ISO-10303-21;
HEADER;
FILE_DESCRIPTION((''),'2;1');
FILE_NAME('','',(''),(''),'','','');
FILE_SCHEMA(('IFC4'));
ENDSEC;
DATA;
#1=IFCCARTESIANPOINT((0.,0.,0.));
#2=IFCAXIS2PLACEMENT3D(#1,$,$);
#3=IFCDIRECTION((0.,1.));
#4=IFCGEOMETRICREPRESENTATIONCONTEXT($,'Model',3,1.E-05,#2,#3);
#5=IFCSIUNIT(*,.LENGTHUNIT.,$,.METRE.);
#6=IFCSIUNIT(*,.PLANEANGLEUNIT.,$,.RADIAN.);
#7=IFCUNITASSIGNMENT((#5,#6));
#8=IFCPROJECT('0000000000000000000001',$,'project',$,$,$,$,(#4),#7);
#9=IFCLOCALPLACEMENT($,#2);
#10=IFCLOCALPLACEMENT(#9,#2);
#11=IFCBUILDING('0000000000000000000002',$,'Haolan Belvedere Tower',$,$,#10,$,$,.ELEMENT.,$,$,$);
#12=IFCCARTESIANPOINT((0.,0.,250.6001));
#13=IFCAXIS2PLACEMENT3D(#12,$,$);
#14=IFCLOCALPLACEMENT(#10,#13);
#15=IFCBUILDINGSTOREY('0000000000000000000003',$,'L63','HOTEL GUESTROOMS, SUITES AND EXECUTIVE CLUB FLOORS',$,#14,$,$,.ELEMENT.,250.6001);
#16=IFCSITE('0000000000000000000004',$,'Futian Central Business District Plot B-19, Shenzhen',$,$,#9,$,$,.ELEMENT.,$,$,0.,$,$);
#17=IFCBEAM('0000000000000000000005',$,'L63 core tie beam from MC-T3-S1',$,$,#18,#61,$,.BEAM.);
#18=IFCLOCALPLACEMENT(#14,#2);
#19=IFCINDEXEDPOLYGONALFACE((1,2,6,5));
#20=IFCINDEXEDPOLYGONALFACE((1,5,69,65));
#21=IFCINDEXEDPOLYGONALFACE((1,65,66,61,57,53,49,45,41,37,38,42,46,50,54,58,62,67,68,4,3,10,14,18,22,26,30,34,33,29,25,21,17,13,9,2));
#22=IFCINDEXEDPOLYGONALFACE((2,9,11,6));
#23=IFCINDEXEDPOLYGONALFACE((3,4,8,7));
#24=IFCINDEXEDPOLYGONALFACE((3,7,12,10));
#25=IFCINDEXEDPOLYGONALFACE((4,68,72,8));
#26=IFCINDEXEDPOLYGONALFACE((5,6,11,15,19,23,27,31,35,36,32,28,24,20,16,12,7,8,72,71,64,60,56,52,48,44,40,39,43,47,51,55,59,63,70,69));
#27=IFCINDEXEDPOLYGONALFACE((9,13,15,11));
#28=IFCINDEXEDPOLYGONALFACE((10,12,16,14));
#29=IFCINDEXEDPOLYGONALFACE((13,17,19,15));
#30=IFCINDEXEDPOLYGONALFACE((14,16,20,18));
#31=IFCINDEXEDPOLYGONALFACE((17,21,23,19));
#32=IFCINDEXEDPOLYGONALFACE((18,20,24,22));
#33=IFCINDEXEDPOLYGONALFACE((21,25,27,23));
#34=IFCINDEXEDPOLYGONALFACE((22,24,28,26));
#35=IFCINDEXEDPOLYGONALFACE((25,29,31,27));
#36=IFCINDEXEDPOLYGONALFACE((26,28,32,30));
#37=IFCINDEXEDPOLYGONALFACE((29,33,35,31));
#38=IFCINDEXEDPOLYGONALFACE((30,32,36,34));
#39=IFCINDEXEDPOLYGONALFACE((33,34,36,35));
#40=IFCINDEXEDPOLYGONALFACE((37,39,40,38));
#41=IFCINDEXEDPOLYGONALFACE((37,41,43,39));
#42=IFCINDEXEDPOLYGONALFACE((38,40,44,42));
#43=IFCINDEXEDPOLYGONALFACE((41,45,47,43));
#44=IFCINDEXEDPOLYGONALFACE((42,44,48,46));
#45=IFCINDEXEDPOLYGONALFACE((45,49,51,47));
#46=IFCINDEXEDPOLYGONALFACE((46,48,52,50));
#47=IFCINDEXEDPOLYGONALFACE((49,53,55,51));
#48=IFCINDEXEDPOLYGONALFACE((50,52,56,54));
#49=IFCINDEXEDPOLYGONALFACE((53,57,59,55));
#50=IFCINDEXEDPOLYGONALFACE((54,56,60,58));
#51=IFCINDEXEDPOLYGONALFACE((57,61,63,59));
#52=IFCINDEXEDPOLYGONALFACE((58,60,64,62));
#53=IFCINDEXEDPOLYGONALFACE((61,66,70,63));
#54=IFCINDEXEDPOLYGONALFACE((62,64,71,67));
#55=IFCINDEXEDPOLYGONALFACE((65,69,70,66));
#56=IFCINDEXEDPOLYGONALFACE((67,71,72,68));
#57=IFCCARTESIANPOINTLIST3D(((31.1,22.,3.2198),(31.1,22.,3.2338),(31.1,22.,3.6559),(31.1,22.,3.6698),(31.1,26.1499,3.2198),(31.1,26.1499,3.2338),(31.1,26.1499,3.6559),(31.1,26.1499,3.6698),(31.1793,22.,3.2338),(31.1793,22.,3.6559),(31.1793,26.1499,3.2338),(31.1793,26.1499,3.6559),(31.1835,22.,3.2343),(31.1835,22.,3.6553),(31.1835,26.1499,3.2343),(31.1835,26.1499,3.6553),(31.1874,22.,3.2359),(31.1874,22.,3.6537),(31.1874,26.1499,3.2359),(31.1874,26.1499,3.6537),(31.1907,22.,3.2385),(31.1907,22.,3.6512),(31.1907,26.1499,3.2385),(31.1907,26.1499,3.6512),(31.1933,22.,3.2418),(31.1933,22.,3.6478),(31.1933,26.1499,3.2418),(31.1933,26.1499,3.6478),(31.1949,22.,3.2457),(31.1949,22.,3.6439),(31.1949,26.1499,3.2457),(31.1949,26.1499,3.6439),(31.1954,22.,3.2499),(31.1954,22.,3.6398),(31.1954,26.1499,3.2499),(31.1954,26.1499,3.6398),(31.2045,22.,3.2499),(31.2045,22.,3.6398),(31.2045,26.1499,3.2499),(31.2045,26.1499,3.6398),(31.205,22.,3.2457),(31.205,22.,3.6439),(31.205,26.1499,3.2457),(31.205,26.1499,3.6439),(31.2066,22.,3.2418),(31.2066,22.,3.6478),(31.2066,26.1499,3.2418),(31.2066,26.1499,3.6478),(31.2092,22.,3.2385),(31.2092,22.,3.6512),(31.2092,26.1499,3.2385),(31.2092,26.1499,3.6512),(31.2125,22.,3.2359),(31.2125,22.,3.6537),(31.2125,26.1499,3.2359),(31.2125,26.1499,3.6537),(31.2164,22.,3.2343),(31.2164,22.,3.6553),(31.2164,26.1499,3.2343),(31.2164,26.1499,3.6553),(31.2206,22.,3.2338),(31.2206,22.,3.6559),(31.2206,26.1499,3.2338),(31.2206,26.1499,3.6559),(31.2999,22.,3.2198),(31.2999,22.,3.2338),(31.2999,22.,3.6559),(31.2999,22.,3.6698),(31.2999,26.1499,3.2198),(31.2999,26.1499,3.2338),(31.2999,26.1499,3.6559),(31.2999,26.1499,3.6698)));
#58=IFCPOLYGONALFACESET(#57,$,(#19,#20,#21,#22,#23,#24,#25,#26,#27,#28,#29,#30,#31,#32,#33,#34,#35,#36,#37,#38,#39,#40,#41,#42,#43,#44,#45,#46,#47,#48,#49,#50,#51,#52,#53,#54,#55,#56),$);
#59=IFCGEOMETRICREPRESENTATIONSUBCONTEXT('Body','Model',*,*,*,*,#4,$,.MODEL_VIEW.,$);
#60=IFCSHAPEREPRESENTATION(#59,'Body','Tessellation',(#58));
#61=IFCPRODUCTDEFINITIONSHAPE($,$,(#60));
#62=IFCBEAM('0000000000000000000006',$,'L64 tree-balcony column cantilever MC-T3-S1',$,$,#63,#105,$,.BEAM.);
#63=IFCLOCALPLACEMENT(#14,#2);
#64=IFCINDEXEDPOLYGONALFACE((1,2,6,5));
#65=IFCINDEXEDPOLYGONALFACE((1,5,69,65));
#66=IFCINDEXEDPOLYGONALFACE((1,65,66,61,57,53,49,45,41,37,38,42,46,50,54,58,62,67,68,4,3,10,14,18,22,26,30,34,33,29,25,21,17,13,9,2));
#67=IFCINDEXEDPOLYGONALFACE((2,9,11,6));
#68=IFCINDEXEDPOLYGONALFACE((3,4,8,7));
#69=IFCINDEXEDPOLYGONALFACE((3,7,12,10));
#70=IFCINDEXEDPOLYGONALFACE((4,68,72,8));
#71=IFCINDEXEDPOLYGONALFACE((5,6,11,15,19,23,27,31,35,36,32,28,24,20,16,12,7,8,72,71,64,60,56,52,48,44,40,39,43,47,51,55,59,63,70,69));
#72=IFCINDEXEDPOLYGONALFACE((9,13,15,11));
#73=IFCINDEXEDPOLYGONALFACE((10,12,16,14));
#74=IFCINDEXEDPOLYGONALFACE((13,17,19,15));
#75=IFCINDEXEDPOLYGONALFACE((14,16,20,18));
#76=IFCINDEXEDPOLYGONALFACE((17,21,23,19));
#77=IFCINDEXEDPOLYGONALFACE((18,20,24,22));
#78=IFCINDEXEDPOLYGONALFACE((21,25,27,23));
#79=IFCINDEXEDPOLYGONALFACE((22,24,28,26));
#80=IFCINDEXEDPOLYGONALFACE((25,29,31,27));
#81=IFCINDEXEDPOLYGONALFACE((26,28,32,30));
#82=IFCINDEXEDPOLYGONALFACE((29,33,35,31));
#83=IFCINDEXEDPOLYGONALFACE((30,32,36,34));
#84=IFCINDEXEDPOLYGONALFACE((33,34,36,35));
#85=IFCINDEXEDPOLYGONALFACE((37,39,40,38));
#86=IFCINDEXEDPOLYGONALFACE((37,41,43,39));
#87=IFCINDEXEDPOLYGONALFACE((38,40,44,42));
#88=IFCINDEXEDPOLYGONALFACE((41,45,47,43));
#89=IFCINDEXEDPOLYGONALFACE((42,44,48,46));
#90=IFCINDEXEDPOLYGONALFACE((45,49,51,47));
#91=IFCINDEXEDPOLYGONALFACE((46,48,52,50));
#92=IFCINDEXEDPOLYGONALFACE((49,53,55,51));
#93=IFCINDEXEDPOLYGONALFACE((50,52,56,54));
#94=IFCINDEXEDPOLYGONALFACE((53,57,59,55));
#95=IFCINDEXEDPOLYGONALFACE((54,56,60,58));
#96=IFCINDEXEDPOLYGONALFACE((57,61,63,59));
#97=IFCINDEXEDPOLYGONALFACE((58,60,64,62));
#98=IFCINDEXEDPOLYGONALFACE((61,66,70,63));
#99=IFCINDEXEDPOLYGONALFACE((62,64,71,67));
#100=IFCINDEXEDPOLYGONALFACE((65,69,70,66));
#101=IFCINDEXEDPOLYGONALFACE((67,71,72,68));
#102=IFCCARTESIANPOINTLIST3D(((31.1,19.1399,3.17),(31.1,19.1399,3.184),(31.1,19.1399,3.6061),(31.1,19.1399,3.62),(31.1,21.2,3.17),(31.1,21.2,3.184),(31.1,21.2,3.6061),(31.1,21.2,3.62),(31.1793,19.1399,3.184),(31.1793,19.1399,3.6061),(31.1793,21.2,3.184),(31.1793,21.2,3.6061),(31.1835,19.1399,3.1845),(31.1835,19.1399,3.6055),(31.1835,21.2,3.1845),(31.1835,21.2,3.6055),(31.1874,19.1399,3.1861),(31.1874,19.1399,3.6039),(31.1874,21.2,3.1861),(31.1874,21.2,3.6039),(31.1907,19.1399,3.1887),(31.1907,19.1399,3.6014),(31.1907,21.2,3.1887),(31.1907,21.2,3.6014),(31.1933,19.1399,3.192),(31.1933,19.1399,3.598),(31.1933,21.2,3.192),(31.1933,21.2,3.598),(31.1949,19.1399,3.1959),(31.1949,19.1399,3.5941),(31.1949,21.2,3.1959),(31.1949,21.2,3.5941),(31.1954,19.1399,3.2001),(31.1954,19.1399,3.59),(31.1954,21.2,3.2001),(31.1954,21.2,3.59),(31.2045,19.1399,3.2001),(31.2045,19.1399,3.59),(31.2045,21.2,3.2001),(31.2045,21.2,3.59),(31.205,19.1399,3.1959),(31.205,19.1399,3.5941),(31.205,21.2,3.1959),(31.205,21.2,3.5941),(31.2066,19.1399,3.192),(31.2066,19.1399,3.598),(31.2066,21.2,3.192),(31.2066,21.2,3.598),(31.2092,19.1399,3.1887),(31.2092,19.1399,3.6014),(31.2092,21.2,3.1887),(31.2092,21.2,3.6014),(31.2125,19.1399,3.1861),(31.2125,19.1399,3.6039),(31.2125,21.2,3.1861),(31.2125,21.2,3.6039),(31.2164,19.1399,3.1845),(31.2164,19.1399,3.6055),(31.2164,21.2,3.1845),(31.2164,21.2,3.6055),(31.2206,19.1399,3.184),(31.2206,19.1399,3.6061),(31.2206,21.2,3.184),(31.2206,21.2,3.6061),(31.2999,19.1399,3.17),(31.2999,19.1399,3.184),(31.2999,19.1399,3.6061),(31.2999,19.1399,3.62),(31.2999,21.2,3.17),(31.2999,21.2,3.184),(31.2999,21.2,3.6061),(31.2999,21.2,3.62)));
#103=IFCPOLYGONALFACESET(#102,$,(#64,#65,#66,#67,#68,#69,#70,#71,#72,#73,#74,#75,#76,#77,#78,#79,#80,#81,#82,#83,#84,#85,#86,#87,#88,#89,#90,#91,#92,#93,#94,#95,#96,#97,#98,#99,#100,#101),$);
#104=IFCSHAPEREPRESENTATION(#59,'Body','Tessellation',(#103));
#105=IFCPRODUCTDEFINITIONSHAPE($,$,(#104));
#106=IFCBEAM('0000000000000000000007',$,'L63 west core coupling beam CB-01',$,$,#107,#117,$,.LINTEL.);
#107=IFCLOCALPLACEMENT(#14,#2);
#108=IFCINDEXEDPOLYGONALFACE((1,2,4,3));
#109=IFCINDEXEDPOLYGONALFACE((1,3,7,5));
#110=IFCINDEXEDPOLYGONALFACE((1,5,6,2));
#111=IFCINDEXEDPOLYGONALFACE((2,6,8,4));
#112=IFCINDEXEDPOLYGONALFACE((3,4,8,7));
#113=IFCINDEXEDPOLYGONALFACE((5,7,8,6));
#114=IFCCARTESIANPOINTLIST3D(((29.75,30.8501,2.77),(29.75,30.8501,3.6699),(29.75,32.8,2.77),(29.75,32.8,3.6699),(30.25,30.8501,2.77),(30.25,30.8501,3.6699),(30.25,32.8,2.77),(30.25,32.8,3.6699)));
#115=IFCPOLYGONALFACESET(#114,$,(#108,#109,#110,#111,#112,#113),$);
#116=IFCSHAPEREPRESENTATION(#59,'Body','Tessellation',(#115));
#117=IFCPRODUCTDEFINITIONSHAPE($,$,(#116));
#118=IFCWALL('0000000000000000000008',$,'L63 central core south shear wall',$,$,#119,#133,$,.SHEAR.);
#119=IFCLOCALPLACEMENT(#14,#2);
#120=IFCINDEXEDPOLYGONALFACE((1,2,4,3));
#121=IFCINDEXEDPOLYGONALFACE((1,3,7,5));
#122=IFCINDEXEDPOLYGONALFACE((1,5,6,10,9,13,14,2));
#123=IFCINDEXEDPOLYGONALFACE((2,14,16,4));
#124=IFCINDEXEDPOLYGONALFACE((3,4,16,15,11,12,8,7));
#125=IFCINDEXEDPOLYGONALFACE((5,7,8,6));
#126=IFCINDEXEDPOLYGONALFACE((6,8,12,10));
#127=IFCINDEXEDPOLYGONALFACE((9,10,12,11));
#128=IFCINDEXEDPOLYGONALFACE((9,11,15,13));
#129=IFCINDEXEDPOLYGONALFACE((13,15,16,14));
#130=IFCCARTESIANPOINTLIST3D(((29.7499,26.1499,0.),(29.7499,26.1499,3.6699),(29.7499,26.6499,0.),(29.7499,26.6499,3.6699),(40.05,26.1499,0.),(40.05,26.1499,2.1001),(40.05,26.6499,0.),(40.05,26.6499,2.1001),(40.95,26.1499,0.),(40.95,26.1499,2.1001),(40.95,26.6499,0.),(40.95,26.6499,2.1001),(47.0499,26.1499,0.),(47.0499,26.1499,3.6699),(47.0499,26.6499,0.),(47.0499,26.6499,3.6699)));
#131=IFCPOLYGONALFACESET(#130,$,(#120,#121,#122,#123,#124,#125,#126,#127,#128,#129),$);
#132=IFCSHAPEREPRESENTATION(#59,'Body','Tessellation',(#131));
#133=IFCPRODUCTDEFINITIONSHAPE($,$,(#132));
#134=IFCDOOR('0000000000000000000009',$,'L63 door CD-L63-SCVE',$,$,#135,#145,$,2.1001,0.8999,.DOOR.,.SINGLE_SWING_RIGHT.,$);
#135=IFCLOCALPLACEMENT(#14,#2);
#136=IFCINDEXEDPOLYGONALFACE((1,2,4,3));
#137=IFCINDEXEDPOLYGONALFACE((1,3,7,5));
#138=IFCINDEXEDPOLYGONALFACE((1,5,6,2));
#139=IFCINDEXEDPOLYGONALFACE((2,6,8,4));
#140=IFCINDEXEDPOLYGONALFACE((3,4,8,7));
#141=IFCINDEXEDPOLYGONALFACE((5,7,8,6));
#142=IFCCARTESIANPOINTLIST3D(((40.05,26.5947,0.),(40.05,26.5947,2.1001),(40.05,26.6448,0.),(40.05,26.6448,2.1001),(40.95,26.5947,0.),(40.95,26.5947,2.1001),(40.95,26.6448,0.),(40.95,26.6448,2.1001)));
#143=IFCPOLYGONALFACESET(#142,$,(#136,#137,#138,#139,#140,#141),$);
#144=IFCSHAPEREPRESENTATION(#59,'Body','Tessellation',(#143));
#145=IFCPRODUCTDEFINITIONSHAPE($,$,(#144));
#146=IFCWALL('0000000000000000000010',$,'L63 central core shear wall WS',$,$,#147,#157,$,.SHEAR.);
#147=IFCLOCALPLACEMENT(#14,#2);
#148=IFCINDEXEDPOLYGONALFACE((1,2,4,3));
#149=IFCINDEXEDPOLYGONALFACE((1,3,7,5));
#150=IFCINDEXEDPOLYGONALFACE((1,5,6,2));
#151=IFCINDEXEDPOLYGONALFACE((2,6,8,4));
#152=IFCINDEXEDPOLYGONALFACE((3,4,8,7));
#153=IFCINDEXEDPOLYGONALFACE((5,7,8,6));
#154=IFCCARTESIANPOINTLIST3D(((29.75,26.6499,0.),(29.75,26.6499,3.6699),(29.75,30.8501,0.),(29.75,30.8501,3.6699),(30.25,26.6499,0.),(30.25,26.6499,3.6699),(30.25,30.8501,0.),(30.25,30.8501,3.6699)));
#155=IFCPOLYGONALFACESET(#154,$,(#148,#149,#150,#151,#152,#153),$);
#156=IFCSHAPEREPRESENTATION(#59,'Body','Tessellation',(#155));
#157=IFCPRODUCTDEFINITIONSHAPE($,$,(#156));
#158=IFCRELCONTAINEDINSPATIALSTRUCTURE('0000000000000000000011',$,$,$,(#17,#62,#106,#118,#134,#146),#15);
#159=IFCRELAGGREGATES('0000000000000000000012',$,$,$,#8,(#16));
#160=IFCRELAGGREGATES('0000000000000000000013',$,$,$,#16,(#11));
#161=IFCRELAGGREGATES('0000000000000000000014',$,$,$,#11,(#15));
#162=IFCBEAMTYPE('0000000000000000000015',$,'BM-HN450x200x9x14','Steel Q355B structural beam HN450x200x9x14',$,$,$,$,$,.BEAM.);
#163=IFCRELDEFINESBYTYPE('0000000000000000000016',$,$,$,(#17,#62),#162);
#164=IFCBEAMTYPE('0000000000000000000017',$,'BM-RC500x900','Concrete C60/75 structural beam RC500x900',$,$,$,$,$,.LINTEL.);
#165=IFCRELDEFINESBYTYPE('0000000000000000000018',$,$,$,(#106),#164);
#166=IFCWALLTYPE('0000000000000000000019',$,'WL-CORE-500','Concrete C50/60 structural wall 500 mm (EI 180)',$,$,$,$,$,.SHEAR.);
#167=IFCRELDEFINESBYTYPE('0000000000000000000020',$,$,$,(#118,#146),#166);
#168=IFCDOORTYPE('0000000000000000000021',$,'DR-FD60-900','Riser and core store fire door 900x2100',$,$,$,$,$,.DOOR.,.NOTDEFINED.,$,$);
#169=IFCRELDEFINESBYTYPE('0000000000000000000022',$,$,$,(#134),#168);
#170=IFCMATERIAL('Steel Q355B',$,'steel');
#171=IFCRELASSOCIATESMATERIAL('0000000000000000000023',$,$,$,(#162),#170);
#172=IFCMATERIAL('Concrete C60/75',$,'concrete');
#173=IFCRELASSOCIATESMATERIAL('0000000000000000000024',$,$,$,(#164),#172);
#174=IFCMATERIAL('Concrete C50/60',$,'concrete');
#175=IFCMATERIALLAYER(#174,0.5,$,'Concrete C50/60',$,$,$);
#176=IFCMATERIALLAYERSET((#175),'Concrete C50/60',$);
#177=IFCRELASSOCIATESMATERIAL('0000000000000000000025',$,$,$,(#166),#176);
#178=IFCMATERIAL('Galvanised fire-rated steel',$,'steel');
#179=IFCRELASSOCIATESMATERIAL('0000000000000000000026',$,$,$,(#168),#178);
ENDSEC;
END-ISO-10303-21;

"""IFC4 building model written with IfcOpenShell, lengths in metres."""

from ifc_helpers import new_model, si_unit, direction, frame, frame_2d, origin, origin_2d, place, context, subcontext, project, spatial, rectangle, i_section, extrude, material, layer, layer_set, material_profile, profile_set, type_object, element, fill, save


model = new_model("IFC4")

# Units and contexts
model_context = context("Model", 3, precision=1e-05, world=origin(), true_north=direction((0.0, 1.0)))
body_context = subcontext(model_context, "Body", "Model", "MODEL_VIEW")
ifc_project = project(units=[si_unit("LENGTHUNIT", "METRE"), si_unit("PLANEANGLEUNIT", "RADIAN")], contexts=[model_context])

# Site, building, storey
site_placement = place(None, origin())
site = spatial("IfcSite", under=ifc_project, at=site_placement, Name="Futian Central Business District Plot B-19, Shenzhen", CompositionType="ELEMENT", RefElevation=0.0)
building_placement = place(site_placement, origin())
building = spatial("IfcBuilding", under=site, at=building_placement, Name="Haolan Belvedere Tower", CompositionType="ELEMENT")
storey_placement = place(building_placement, frame((0.0, 0.0, 250.6001)))
storey = spatial("IfcBuildingStorey", under=building, at=storey_placement, Name="L63", Description="HOTEL GUESTROOMS, SUITES AND EXECUTIVE CLUB FLOORS", CompositionType="ELEMENT", Elevation=250.6001)

# Beams
ifc_material_1 = material(Name="Steel Q355B", Category="steel")
ifc_material_profile_1 = material_profile(ifc_material_1, i_section(OverallWidth=0.2, OverallDepth=0.45, WebThickness=0.009, FlangeThickness=0.0139, FilletRadius=0.0161, at=origin_2d()), Name="Steel Q355B")
ifc_profile_set_1 = profile_set([ifc_material_profile_1], Name="Steel Q355B")
beam_type_1 = type_object("IfcBeamType", Name="BM-HN450x200x9x14", Description="Steel Q355B structural beam HN450x200x9x14", PredefinedType="BEAM", material=ifc_profile_set_1)
beam_1_placement = place(storey_placement, frame((31.2, 22.0, 3.4448), z_axis=(0.0, 1.0, 0.0), x_axis=(-1.0, 0.0, 0.0)))
element("IfcBeam", 1, at=beam_1_placement, inside=storey, type_object=beam_type_1, Name="L63 core tie beam from MC-T3-S1", PredefinedType="BEAM", context=body_context, shape_type="SweptSolid", body=[
    extrude(i_section(OverallWidth=0.2, OverallDepth=0.45, WebThickness=0.009, FlangeThickness=0.0139, FilletRadius=0.0161, at=origin_2d()), origin(), (0.0, 0.0, 1.0), 4.1499),
])
beam_2_placement = place(storey_placement, frame((31.2, 21.2, 3.395), z_axis=(0.0, -1.0, 0.0), x_axis=(1.0, 0.0, 0.0)))
element("IfcBeam", 2, at=beam_2_placement, inside=storey, type_object=beam_type_1, Name="L64 tree-balcony column cantilever MC-T3-S1", PredefinedType="BEAM", context=body_context, shape_type="SweptSolid", body=[
    extrude(i_section(OverallWidth=0.2, OverallDepth=0.45, WebThickness=0.009, FlangeThickness=0.0139, FilletRadius=0.0161, at=origin_2d()), origin(), (0.0, 0.0, 1.0), 2.0601),
])
ifc_material_2 = material(Name="Concrete C60/75", Category="concrete")
ifc_material_profile_2 = material_profile(ifc_material_2, rectangle(XDim=0.5, YDim=0.8999, at=origin_2d()), Name="Concrete C60/75")
ifc_profile_set_2 = profile_set([ifc_material_profile_2], Name="Concrete C60/75")
beam_type_2 = type_object("IfcBeamType", Name="BM-RC500x900", Description="Concrete C60/75 structural beam RC500x900", PredefinedType="LINTEL", material=ifc_profile_set_2)
beam_3_placement = place(storey_placement, frame((30.0, 30.8501, 3.22), z_axis=(0.0, 1.0, 0.0), x_axis=(-1.0, 0.0, 0.0)))
element("IfcBeam", 3, at=beam_3_placement, inside=storey, type_object=beam_type_2, Name="L63 west core coupling beam CB-01", PredefinedType="LINTEL", context=body_context, shape_type="SweptSolid", body=[
    extrude(rectangle(XDim=0.5, YDim=0.8999, at=origin_2d()), origin(), (0.0, 0.0, 1.0), 1.95),
])

# Wall, opening, door
ifc_material_3 = material(Name="Concrete C50/60", Category="concrete")
ifc_layer_1 = layer(ifc_material_3, 0.5, Name="Concrete C50/60")
ifc_layer_set_1 = layer_set([ifc_layer_1], Name="Concrete C50/60")
wall_type_1 = type_object("IfcWallType", Name="WL-CORE-500", Description="Concrete C50/60 structural wall 500 mm (EI 180)", PredefinedType="SHEAR", material=ifc_layer_set_1)
wall_1_placement = place(storey_placement, frame((29.75, 26.3999, 0.0), z_axis=(0.0, 0.0, 1.0), x_axis=(1.0, 0.0, 0.0)))
wall_1 = element("IfcWall", 4, at=wall_1_placement, inside=storey, type_object=wall_type_1, Name="L63 central core south shear wall", PredefinedType="SHEAR", context=body_context, shape_type="SweptSolid", body=[
    extrude(rectangle(XDim=17.3, YDim=0.5, at=frame_2d((8.6499, 0.0))), origin(), (0.0, 0.0, 1.0), 3.6699),
])
opening_1_placement = place(wall_1_placement, frame((11.2, 0.0, 0.0), z_axis=(0.0, 0.0, 1.0), x_axis=(-1.0, 0.0, 0.0)))
opening_1 = element("IfcOpeningElement", 5, at=opening_1_placement, cuts=wall_1, PredefinedType="OPENING", context=body_context, shape_type="SweptSolid", body=[
    extrude(rectangle(XDim=0.8999, YDim=2.1001, at=frame_2d((0.45, 1.05))), frame((0.0, 0.26, 0.0), z_axis=(0.0, -1.0, 0.0), x_axis=(1.0, 0.0, 0.0)), (0.0, 0.0, 1.0), 0.52),
])
ifc_material_4 = material(Name="Galvanised fire-rated steel", Category="steel")
door_type_1 = type_object("IfcDoorType", Name="DR-FD60-900", Description="Riser and core store fire door 900x2100", OperationType="NOTDEFINED", PredefinedType="DOOR", material=ifc_material_4)
door_1_placement = place(opening_1_placement, origin())
door_1 = element("IfcDoor", 6, at=door_1_placement, inside=storey, type_object=door_type_1, Name="L63 door CD-L63-SCVE", OperationType="SINGLE_SWING_RIGHT", OverallHeight=2.1001, OverallWidth=0.8999, PredefinedType="DOOR", context=body_context, shape_type="SweptSolid", body=[
    extrude(rectangle(XDim=0.8999, YDim=2.1001, at=frame_2d((0.45, 1.05))), frame((0.0, -0.1948, 0.0), z_axis=(0.0, -1.0, 0.0), x_axis=(1.0, 0.0, 0.0)), (0.0, 0.0, 1.0), 0.05),
])
fill(opening_1, door_1)

# Wall
wall_2_placement = place(storey_placement, frame((30.0, 26.6499, 0.0), z_axis=(0.0, 0.0, 1.0), x_axis=(0.0, 1.0, 0.0)))
element("IfcWall", 7, at=wall_2_placement, inside=storey, type_object=wall_type_1, Name="L63 central core shear wall WS", PredefinedType="SHEAR", context=body_context, shape_type="SweptSolid", body=[
    extrude(rectangle(XDim=4.2002, YDim=0.5, at=frame_2d((2.1001, 0.0))), origin(), (0.0, 0.0, 1.0), 3.6699),
])

save(model, "model.ifc")
